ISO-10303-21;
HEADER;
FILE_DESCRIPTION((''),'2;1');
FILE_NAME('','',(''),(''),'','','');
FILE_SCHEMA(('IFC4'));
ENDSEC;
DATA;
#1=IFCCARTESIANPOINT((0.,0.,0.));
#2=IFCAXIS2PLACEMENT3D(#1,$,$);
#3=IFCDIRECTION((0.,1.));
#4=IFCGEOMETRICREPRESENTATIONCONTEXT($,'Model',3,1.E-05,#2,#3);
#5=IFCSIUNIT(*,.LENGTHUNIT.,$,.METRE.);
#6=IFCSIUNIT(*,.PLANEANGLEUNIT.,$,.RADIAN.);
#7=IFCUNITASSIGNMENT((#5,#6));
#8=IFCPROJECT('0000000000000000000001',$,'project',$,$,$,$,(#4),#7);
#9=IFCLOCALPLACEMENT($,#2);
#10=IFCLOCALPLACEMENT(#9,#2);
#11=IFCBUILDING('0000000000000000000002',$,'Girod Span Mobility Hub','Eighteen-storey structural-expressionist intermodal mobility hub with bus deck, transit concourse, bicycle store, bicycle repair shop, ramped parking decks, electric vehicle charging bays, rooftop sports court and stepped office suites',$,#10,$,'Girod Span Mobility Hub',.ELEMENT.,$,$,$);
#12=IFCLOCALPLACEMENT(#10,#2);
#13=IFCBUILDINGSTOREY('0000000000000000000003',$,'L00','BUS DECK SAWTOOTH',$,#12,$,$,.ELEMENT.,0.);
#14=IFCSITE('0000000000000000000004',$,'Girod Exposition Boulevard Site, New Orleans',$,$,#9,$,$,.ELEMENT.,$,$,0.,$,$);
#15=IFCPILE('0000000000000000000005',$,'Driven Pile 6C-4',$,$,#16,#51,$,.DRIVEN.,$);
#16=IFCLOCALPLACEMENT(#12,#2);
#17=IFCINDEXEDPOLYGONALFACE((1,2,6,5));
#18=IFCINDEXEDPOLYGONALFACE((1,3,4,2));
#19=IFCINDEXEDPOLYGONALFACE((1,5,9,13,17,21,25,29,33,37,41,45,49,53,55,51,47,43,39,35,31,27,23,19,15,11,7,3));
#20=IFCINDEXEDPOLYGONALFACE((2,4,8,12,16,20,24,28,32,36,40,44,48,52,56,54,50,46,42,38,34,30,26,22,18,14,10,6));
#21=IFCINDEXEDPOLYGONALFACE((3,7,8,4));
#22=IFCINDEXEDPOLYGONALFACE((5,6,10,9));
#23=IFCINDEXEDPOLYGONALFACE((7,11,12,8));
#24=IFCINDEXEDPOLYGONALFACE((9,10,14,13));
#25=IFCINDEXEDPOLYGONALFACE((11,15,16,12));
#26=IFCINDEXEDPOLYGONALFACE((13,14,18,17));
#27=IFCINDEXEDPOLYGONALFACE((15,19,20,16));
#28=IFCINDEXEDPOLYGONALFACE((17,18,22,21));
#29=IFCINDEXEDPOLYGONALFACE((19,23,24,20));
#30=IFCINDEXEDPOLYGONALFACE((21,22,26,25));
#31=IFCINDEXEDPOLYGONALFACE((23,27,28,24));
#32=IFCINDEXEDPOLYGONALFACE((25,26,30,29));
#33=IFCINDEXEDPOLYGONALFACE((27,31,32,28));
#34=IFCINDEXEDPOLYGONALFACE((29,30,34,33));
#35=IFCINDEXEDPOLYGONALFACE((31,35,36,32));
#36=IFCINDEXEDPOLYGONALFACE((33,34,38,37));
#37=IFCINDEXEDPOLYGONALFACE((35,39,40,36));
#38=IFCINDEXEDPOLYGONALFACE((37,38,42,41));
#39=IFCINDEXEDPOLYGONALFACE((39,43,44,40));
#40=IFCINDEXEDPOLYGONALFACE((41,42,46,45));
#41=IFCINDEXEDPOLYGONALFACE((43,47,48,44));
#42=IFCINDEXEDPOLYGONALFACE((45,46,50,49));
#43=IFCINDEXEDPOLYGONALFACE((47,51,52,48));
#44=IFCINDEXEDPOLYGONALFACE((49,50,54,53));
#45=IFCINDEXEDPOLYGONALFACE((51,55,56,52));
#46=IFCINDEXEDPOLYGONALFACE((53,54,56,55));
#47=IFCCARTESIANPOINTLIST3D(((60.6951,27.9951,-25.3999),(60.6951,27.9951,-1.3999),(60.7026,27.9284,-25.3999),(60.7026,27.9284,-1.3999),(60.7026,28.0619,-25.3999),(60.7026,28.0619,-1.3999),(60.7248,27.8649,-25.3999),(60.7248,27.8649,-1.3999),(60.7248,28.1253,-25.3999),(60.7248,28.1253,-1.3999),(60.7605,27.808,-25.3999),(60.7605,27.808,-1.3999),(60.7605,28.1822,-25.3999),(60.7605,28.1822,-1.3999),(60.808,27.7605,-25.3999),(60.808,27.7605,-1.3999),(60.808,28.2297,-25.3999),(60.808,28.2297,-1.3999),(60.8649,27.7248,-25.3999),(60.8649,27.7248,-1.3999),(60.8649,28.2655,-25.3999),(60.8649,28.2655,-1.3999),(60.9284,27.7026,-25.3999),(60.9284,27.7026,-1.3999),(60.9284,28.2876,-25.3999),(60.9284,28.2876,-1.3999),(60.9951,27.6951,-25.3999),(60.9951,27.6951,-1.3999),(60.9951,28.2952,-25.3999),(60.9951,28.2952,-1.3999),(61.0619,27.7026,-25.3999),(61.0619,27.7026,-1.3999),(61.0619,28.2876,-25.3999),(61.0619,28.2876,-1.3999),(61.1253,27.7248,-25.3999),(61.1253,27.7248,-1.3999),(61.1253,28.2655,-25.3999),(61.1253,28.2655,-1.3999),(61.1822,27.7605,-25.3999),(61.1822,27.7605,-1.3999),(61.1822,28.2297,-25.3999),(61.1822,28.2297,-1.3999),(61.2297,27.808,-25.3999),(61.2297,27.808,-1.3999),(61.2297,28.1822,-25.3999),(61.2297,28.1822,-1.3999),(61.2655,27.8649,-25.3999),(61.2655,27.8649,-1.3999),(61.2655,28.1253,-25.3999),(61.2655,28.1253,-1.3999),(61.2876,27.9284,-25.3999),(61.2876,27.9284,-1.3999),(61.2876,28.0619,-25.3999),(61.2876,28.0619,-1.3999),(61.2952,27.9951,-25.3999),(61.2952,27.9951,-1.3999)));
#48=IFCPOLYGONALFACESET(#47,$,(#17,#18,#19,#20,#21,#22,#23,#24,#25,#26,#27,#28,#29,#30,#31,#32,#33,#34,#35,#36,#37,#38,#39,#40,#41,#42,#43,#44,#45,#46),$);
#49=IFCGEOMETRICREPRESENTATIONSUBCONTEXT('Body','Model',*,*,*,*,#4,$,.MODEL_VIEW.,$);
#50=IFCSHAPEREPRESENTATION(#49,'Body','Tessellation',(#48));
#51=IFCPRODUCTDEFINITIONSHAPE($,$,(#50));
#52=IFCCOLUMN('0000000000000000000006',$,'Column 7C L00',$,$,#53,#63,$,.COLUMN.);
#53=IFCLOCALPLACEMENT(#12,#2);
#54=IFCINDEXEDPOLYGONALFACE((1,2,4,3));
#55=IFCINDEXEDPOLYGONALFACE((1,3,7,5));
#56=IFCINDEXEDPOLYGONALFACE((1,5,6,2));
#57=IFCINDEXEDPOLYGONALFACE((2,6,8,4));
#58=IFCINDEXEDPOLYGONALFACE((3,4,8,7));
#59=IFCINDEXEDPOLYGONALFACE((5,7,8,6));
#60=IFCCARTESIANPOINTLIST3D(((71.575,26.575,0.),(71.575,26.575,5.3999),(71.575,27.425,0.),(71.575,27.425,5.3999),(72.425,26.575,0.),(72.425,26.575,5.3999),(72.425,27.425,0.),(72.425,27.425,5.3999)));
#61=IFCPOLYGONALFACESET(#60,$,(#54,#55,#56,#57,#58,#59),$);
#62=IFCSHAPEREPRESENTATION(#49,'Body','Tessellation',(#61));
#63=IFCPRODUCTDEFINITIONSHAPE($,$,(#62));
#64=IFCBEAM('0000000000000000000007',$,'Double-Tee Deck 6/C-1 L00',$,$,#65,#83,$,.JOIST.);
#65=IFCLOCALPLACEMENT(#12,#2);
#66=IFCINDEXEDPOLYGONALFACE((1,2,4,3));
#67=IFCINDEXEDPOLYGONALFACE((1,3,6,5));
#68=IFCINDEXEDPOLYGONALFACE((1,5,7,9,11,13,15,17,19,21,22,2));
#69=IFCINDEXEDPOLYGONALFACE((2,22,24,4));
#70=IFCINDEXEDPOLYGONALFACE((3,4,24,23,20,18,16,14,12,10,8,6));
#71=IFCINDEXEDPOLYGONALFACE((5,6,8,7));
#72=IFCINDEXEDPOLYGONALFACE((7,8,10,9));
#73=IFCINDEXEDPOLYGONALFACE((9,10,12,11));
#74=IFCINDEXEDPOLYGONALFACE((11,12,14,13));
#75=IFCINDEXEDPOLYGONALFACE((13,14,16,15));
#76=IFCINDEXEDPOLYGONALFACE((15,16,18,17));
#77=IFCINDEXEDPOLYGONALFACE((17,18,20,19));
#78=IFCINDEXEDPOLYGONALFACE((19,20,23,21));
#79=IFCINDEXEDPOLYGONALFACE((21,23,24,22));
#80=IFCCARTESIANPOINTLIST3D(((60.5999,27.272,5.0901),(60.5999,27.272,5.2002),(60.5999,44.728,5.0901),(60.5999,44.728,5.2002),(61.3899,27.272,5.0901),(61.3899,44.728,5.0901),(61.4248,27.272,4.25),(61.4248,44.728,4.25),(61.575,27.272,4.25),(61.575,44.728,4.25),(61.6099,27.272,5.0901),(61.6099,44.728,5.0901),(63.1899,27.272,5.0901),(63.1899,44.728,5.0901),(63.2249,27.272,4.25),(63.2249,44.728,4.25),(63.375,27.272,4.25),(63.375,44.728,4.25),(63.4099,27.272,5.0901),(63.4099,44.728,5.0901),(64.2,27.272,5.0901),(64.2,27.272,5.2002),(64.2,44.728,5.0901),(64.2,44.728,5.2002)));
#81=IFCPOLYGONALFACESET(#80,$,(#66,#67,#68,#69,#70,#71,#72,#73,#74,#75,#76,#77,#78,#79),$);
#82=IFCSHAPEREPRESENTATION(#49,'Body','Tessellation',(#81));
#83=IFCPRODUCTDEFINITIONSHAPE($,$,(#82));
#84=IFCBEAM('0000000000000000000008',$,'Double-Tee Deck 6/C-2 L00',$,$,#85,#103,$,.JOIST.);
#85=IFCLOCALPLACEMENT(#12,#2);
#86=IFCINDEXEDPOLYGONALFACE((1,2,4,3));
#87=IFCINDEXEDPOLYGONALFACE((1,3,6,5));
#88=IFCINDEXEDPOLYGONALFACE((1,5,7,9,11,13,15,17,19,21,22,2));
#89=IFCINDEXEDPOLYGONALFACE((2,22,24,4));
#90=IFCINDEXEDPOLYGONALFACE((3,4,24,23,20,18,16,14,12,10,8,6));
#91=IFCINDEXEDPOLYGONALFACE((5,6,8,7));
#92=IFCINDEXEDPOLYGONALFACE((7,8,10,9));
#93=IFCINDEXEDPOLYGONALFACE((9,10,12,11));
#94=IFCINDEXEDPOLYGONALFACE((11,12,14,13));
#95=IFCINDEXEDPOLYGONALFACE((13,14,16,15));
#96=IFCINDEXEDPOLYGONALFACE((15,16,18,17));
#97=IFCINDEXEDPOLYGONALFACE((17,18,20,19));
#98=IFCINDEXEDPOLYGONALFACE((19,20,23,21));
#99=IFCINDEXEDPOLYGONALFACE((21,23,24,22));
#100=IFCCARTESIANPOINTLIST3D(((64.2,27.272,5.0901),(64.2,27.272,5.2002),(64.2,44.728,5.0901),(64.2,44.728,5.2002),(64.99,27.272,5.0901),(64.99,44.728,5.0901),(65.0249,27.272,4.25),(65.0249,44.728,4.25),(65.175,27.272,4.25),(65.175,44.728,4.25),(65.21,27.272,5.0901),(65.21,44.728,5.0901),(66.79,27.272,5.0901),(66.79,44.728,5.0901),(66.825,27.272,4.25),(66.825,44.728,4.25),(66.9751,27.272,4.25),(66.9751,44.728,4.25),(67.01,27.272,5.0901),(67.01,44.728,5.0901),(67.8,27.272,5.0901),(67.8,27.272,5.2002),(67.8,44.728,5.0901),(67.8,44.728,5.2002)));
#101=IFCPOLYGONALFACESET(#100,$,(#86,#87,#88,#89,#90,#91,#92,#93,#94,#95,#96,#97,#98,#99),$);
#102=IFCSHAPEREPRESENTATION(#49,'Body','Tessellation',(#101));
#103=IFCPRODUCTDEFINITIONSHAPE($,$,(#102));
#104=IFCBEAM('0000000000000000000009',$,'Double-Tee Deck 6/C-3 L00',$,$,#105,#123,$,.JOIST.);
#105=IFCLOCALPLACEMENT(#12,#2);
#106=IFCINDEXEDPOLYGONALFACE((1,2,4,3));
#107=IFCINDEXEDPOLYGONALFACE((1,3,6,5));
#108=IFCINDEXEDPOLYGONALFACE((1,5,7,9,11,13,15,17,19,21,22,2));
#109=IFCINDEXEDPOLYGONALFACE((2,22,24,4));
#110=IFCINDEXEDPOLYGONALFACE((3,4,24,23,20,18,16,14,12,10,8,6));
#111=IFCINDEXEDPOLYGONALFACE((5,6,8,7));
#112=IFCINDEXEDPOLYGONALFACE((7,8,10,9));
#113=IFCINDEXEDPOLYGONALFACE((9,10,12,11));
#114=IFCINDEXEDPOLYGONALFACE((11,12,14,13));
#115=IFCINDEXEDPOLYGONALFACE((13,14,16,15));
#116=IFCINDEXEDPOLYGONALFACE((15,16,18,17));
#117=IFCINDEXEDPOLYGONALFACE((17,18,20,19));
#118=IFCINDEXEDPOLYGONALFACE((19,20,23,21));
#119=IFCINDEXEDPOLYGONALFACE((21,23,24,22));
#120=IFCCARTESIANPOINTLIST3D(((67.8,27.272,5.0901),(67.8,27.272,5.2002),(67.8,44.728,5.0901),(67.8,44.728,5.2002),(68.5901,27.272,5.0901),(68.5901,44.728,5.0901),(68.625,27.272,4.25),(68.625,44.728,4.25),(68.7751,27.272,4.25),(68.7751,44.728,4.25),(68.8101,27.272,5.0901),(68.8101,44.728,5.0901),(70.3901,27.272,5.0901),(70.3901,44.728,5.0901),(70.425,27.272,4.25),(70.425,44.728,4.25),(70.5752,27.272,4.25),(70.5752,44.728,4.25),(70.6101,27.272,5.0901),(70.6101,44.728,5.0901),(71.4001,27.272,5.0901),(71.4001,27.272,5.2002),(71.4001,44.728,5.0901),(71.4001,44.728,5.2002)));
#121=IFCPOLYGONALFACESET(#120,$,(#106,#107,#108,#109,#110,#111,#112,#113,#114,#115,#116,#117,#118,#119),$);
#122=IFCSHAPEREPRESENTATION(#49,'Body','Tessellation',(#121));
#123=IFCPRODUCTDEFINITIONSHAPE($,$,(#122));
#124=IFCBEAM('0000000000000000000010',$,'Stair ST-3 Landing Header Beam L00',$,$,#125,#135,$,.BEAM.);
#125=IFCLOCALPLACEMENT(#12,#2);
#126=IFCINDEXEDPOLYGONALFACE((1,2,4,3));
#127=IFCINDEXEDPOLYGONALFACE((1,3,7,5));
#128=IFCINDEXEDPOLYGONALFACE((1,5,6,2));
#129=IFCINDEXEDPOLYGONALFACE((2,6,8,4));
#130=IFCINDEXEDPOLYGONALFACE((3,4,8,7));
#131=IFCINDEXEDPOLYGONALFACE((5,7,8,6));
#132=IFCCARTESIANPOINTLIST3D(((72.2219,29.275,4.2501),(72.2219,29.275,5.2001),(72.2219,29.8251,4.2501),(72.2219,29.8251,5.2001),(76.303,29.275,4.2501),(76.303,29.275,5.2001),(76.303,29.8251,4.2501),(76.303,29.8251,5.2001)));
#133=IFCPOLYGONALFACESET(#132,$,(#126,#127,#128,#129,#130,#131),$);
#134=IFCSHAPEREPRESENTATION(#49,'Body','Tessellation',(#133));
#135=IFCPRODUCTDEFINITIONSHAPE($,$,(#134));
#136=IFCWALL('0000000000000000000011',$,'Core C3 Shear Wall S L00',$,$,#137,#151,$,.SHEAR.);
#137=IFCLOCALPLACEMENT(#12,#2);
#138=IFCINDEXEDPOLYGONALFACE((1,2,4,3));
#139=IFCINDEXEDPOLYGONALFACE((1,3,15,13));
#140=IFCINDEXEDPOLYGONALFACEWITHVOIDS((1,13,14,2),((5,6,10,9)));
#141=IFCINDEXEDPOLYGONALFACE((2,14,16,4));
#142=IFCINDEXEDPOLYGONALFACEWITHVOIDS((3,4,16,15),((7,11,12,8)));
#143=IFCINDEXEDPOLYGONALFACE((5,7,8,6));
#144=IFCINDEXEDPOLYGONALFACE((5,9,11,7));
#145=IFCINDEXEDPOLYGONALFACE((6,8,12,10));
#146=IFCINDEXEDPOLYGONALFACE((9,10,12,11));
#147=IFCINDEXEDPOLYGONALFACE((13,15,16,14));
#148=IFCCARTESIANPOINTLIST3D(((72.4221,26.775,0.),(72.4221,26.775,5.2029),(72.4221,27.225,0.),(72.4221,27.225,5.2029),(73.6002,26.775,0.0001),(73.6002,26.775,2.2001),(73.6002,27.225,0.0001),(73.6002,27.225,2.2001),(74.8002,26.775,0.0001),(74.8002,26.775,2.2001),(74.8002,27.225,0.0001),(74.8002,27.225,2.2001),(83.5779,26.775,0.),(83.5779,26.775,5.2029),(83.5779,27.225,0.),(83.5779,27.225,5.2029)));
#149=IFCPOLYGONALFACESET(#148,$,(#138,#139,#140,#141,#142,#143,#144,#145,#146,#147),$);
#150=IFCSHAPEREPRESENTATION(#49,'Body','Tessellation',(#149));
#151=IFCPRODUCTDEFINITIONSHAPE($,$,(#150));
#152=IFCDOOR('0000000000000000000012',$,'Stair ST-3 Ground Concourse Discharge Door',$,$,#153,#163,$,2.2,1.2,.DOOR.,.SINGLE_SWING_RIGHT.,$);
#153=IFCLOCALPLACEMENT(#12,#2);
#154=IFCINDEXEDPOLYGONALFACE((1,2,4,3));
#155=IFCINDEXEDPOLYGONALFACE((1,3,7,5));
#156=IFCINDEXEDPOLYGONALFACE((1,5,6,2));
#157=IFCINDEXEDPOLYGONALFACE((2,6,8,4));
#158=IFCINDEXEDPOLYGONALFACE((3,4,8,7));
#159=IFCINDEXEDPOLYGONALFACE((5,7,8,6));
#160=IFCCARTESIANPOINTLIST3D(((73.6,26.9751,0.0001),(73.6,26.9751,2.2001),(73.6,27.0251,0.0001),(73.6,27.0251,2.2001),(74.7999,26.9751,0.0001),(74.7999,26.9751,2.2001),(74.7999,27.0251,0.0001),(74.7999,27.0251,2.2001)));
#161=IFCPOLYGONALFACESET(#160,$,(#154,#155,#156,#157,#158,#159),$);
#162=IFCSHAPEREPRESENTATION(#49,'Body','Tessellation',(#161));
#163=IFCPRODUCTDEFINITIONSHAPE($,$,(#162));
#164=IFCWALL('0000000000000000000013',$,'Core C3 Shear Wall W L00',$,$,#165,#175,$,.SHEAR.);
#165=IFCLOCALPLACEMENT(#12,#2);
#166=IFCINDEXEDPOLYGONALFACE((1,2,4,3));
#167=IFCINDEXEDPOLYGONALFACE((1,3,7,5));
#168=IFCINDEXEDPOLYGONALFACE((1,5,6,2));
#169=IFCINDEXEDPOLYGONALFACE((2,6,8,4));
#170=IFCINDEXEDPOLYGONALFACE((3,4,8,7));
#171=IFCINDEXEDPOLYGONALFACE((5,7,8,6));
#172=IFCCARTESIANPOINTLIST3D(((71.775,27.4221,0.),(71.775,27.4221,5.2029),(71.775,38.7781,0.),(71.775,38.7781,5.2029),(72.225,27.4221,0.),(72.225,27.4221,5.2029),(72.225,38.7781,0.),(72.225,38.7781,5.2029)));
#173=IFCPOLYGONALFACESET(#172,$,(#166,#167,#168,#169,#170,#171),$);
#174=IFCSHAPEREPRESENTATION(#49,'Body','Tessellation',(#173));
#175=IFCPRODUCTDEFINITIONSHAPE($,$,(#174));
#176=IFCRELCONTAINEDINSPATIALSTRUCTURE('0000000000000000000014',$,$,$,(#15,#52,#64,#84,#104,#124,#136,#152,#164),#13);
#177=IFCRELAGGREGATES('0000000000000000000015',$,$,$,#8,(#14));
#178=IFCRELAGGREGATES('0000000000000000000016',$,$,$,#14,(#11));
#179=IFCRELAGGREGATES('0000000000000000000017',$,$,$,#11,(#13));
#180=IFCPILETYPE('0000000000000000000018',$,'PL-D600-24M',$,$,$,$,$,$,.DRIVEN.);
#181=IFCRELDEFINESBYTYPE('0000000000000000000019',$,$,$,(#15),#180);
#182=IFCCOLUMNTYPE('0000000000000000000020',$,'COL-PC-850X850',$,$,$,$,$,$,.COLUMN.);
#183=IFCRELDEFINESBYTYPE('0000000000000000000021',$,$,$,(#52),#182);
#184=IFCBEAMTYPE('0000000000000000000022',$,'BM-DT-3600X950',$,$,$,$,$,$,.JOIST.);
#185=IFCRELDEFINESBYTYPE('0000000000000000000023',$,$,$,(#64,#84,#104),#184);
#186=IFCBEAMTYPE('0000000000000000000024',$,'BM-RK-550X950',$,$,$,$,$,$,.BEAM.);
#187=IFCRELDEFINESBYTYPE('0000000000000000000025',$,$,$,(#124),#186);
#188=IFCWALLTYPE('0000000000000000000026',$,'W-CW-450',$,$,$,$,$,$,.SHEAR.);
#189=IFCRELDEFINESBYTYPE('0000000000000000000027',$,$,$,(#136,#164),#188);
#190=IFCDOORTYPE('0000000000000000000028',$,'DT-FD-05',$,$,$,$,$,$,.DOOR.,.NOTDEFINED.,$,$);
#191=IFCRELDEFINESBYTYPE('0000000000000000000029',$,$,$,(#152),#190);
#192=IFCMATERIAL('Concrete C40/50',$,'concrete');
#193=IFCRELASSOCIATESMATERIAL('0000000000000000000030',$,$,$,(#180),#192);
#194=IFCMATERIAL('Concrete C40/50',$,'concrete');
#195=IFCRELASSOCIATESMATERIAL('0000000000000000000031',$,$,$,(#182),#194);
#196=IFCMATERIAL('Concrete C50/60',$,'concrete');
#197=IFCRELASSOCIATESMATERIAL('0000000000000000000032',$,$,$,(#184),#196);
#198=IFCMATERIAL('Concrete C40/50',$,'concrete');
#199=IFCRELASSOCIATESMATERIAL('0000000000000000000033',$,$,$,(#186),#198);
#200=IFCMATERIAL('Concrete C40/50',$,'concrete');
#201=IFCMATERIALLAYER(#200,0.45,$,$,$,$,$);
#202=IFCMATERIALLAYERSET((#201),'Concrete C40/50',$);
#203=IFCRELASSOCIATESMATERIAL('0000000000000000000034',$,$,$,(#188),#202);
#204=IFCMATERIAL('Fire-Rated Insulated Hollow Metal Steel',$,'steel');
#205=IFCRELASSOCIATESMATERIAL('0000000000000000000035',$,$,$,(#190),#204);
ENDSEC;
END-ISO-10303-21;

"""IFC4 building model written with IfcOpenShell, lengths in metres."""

from ifc_helpers import new_model, si_unit, direction, frame, frame_2d, origin, origin_2d, place, context, subcontext, project, spatial, polyline, rectangle, circle, outline, extrude, material, layer, layer_set, material_profile, profile_set, type_object, element, fill, save


model = new_model("IFC4")

# Units and contexts
model_context = context("Model", 3, precision=1e-05, world=origin(), true_north=direction((0.0, 1.0)))
body_context = subcontext(model_context, "Body", "Model", "MODEL_VIEW")
ifc_project = project(units=[si_unit("LENGTHUNIT", "METRE"), si_unit("PLANEANGLEUNIT", "RADIAN")], contexts=[model_context])

# Site, building, storey
site_placement = place(None, origin())
site = spatial("IfcSite", under=ifc_project, at=site_placement, Name="Girod Exposition Boulevard Site, New Orleans", CompositionType="ELEMENT", RefElevation=0.0)
building_placement = place(site_placement, origin())
building = spatial("IfcBuilding", under=site, at=building_placement, Name="Girod Span Mobility Hub", Description="Eighteen-storey structural-expressionist intermodal mobility hub with bus deck, transit concourse, bicycle store, bicycle repair shop, ramped parking decks, electric vehicle charging bays, rooftop sports court and stepped office suites", LongName="Girod Span Mobility Hub", CompositionType="ELEMENT")
storey_placement = place(building_placement, origin())
storey = spatial("IfcBuildingStorey", under=building, at=storey_placement, Name="L00", Description="BUS DECK SAWTOOTH", CompositionType="ELEMENT", Elevation=0.0)

# Pile
ifc_material_1 = material(Name="Concrete C40/50", Category="concrete")
ifc_material_profile_1 = material_profile(ifc_material_1, circle(Radius=0.3, at=origin_2d()), Name="PILE-D600")
ifc_profile_set_1 = profile_set([ifc_material_profile_1], Name="Concrete C40/50")
pile_type_1 = type_object("IfcPileType", Name="PL-D600-24M", PredefinedType="DRIVEN", material=ifc_profile_set_1)
pile_placement = place(storey_placement, frame((60.9951, 27.9951, -1.3999), z_axis=(0.0, 0.0, -1.0), x_axis=(1.0, 0.0, 0.0)))
element("IfcPile", 1, at=pile_placement, inside=storey, type_object=pile_type_1, Name="Driven Pile 6C-4", PredefinedType="DRIVEN", context=body_context, shape_type="SweptSolid", body=[
    extrude(circle(Radius=0.3, at=origin_2d()), origin(), (0.0, 0.0, 1.0), 24.0),
])

# Column
ifc_material_2 = material(Name="Concrete C40/50", Category="concrete")
ifc_material_profile_2 = material_profile(ifc_material_2, rectangle(XDim=0.8501, YDim=0.8501, at=origin_2d()), Name="PC-COL-850X850")
ifc_profile_set_2 = profile_set([ifc_material_profile_2], Name="Concrete C40/50")
column_type = type_object("IfcColumnType", Name="COL-PC-850X850", PredefinedType="COLUMN", material=ifc_profile_set_2)
column_placement = place(storey_placement, frame((72.0, 27.0, 0.0), z_axis=(0.0, 0.0, 1.0), x_axis=(1.0, 0.0, 0.0)))
element("IfcColumn", 2, at=column_placement, inside=storey, type_object=column_type, Name="Column 7C L00", PredefinedType="COLUMN", context=body_context, shape_type="SweptSolid", body=[
    extrude(rectangle(XDim=0.8501, YDim=0.8501, at=origin_2d()), origin(), (0.0, 0.0, 1.0), 5.3999),
])

# Beams
ifc_material_3 = material(Name="Concrete C50/60", Category="concrete")
ifc_material_profile_3 = material_profile(ifc_material_3, outline(polyline([(-1.8, 0.4751), (-1.8, 0.365), (-1.01, 0.365), (-0.9751, -0.4751), (-0.825, -0.4751), (-0.79, 0.365), (0.79, 0.365), (0.825, -0.4751), (0.9751, -0.4751), (1.01, 0.365), (1.8, 0.365), (1.8, 0.4751), (-1.8, 0.4751)])), Name="DT-3600X950")
ifc_profile_set_3 = profile_set([ifc_material_profile_3], Name="Concrete C50/60")
beam_type_1 = type_object("IfcBeamType", Name="BM-DT-3600X950", PredefinedType="JOIST", material=ifc_profile_set_3)
for number, where, z_axis, x_axis, name in (
    (3, (62.3999, 27.272, 4.7251), (0.0, 1.0, 0.0), (-1.0, 0.0, 0.0), "Double-Tee Deck 6/C-1 L00"),
    (4, (66.0, 27.272, 4.7251), (0.0, 1.0, 0.0), (-1.0, 0.0, 0.0), "Double-Tee Deck 6/C-2 L00"),
    (5, (69.6001, 27.272, 4.7251), (0.0, 1.0, 0.0), (-1.0, 0.0, 0.0), "Double-Tee Deck 6/C-3 L00"),
):
    element("IfcBeam", number, at=place(storey_placement, frame(where, z_axis=z_axis, x_axis=x_axis)), inside=storey, type_object=beam_type_1, Name=name, PredefinedType="JOIST", context=body_context, shape_type="SweptSolid", body=[
        extrude(outline(polyline([(-1.8, 0.4751), (-1.8, 0.365), (-1.01, 0.365), (-0.9751, -0.4751), (-0.825, -0.4751), (-0.79, 0.365), (0.79, 0.365), (0.825, -0.4751), (0.9751, -0.4751), (1.01, 0.365), (1.8, 0.365), (1.8, 0.4751), (-1.8, 0.4751)])), origin(), (0.0, 0.0, 1.0), 17.4561),
    ])
ifc_material_4 = material(Name="Concrete C40/50", Category="concrete")
ifc_material_profile_4 = material_profile(ifc_material_4, rectangle(XDim=0.55, YDim=0.95, at=origin_2d()), Name="RK-550X950")
ifc_profile_set_4 = profile_set([ifc_material_profile_4], Name="Concrete C40/50")
beam_type_2 = type_object("IfcBeamType", Name="BM-RK-550X950", PredefinedType="BEAM", material=ifc_profile_set_4)
beam_placement = place(storey_placement, frame((72.2219, 29.55, 4.7251), z_axis=(1.0, 0.0, 0.0), x_axis=(0.0, 1.0, 0.0)))
element("IfcBeam", 6, at=beam_placement, inside=storey, type_object=beam_type_2, Name="Stair ST-3 Landing Header Beam L00", PredefinedType="BEAM", context=body_context, shape_type="SweptSolid", body=[
    extrude(rectangle(XDim=0.55, YDim=0.95, at=origin_2d()), origin(), (0.0, 0.0, 1.0), 4.0811),
])

# Wall, opening, door
ifc_material_5 = material(Name="Concrete C40/50", Category="concrete")
ifc_layer_1 = layer(ifc_material_5, 0.45)
ifc_layer_set_1 = layer_set([ifc_layer_1], Name="Concrete C40/50")
wall_type_1 = type_object("IfcWallType", Name="W-CW-450", PredefinedType="SHEAR", material=ifc_layer_set_1)
wall_1_placement = place(storey_placement, frame((72.4221, 27.0, 0.0), z_axis=(0.0, 0.0, 1.0), x_axis=(1.0, 0.0, 0.0)))
wall_1 = element("IfcWall", 7, at=wall_1_placement, inside=storey, type_object=wall_type_1, Name="Core C3 Shear Wall S L00", PredefinedType="SHEAR", context=body_context, shape_type="SweptSolid", body=[
    extrude(rectangle(XDim=11.1558, YDim=0.45, at=frame_2d((5.5779, 0.0))), origin(), (0.0, 0.0, 1.0), 5.2029),
])
opening_1_placement = place(wall_1_placement, frame((1.178, 0.0, 0.0)))
opening_1 = element("IfcOpeningElement", 8, at=opening_1_placement, cuts=wall_1, PredefinedType="OPENING", context=body_context, shape_type="SweptSolid", body=[
    extrude(rectangle(XDim=1.2, YDim=2.2, at=frame_2d((0.6001, 1.1001))), frame((0.0, 0.24, 0.0), z_axis=(0.0, -1.0, 0.0), x_axis=(1.0, 0.0, 0.0)), (0.0, 0.0, 1.0), 0.48),
])
ifc_material_6 = material(Name="Fire-Rated Insulated Hollow Metal Steel", Category="steel")
door_type_1 = type_object("IfcDoorType", Name="DT-FD-05", OperationType="NOTDEFINED", PredefinedType="DOOR", material=ifc_material_6)
door_1_placement = place(opening_1_placement, frame((1.2, 0.0, 0.0), z_axis=(0.0, 0.0, 1.0), x_axis=(-1.0, 0.0, 0.0)))
door_1 = element("IfcDoor", 9, at=door_1_placement, inside=storey, type_object=door_type_1, Name="Stair ST-3 Ground Concourse Discharge Door", OperationType="SINGLE_SWING_RIGHT", OverallHeight=2.2, OverallWidth=1.2, PredefinedType="DOOR", context=body_context, shape_type="SweptSolid", body=[
    extrude(rectangle(XDim=1.2, YDim=2.2, at=frame_2d((0.6001, 1.1001))), frame((0.0, 0.0249, 0.0), z_axis=(0.0, -1.0, 0.0), x_axis=(1.0, 0.0, 0.0)), (0.0, 0.0, 1.0), 0.05),
])
fill(opening_1, door_1)

# Wall
wall_2_placement = place(storey_placement, frame((72.0, 27.4221, 0.0), z_axis=(0.0, 0.0, 1.0), x_axis=(0.0, 1.0, 0.0)))
element("IfcWall", 10, at=wall_2_placement, inside=storey, type_object=wall_type_1, Name="Core C3 Shear Wall W L00", PredefinedType="SHEAR", context=body_context, shape_type="SweptSolid", body=[
    extrude(rectangle(XDim=11.356, YDim=0.45, at=frame_2d((5.678, 0.0))), origin(), (0.0, 0.0, 1.0), 5.2029),
])

save(model, "model.ifc")
